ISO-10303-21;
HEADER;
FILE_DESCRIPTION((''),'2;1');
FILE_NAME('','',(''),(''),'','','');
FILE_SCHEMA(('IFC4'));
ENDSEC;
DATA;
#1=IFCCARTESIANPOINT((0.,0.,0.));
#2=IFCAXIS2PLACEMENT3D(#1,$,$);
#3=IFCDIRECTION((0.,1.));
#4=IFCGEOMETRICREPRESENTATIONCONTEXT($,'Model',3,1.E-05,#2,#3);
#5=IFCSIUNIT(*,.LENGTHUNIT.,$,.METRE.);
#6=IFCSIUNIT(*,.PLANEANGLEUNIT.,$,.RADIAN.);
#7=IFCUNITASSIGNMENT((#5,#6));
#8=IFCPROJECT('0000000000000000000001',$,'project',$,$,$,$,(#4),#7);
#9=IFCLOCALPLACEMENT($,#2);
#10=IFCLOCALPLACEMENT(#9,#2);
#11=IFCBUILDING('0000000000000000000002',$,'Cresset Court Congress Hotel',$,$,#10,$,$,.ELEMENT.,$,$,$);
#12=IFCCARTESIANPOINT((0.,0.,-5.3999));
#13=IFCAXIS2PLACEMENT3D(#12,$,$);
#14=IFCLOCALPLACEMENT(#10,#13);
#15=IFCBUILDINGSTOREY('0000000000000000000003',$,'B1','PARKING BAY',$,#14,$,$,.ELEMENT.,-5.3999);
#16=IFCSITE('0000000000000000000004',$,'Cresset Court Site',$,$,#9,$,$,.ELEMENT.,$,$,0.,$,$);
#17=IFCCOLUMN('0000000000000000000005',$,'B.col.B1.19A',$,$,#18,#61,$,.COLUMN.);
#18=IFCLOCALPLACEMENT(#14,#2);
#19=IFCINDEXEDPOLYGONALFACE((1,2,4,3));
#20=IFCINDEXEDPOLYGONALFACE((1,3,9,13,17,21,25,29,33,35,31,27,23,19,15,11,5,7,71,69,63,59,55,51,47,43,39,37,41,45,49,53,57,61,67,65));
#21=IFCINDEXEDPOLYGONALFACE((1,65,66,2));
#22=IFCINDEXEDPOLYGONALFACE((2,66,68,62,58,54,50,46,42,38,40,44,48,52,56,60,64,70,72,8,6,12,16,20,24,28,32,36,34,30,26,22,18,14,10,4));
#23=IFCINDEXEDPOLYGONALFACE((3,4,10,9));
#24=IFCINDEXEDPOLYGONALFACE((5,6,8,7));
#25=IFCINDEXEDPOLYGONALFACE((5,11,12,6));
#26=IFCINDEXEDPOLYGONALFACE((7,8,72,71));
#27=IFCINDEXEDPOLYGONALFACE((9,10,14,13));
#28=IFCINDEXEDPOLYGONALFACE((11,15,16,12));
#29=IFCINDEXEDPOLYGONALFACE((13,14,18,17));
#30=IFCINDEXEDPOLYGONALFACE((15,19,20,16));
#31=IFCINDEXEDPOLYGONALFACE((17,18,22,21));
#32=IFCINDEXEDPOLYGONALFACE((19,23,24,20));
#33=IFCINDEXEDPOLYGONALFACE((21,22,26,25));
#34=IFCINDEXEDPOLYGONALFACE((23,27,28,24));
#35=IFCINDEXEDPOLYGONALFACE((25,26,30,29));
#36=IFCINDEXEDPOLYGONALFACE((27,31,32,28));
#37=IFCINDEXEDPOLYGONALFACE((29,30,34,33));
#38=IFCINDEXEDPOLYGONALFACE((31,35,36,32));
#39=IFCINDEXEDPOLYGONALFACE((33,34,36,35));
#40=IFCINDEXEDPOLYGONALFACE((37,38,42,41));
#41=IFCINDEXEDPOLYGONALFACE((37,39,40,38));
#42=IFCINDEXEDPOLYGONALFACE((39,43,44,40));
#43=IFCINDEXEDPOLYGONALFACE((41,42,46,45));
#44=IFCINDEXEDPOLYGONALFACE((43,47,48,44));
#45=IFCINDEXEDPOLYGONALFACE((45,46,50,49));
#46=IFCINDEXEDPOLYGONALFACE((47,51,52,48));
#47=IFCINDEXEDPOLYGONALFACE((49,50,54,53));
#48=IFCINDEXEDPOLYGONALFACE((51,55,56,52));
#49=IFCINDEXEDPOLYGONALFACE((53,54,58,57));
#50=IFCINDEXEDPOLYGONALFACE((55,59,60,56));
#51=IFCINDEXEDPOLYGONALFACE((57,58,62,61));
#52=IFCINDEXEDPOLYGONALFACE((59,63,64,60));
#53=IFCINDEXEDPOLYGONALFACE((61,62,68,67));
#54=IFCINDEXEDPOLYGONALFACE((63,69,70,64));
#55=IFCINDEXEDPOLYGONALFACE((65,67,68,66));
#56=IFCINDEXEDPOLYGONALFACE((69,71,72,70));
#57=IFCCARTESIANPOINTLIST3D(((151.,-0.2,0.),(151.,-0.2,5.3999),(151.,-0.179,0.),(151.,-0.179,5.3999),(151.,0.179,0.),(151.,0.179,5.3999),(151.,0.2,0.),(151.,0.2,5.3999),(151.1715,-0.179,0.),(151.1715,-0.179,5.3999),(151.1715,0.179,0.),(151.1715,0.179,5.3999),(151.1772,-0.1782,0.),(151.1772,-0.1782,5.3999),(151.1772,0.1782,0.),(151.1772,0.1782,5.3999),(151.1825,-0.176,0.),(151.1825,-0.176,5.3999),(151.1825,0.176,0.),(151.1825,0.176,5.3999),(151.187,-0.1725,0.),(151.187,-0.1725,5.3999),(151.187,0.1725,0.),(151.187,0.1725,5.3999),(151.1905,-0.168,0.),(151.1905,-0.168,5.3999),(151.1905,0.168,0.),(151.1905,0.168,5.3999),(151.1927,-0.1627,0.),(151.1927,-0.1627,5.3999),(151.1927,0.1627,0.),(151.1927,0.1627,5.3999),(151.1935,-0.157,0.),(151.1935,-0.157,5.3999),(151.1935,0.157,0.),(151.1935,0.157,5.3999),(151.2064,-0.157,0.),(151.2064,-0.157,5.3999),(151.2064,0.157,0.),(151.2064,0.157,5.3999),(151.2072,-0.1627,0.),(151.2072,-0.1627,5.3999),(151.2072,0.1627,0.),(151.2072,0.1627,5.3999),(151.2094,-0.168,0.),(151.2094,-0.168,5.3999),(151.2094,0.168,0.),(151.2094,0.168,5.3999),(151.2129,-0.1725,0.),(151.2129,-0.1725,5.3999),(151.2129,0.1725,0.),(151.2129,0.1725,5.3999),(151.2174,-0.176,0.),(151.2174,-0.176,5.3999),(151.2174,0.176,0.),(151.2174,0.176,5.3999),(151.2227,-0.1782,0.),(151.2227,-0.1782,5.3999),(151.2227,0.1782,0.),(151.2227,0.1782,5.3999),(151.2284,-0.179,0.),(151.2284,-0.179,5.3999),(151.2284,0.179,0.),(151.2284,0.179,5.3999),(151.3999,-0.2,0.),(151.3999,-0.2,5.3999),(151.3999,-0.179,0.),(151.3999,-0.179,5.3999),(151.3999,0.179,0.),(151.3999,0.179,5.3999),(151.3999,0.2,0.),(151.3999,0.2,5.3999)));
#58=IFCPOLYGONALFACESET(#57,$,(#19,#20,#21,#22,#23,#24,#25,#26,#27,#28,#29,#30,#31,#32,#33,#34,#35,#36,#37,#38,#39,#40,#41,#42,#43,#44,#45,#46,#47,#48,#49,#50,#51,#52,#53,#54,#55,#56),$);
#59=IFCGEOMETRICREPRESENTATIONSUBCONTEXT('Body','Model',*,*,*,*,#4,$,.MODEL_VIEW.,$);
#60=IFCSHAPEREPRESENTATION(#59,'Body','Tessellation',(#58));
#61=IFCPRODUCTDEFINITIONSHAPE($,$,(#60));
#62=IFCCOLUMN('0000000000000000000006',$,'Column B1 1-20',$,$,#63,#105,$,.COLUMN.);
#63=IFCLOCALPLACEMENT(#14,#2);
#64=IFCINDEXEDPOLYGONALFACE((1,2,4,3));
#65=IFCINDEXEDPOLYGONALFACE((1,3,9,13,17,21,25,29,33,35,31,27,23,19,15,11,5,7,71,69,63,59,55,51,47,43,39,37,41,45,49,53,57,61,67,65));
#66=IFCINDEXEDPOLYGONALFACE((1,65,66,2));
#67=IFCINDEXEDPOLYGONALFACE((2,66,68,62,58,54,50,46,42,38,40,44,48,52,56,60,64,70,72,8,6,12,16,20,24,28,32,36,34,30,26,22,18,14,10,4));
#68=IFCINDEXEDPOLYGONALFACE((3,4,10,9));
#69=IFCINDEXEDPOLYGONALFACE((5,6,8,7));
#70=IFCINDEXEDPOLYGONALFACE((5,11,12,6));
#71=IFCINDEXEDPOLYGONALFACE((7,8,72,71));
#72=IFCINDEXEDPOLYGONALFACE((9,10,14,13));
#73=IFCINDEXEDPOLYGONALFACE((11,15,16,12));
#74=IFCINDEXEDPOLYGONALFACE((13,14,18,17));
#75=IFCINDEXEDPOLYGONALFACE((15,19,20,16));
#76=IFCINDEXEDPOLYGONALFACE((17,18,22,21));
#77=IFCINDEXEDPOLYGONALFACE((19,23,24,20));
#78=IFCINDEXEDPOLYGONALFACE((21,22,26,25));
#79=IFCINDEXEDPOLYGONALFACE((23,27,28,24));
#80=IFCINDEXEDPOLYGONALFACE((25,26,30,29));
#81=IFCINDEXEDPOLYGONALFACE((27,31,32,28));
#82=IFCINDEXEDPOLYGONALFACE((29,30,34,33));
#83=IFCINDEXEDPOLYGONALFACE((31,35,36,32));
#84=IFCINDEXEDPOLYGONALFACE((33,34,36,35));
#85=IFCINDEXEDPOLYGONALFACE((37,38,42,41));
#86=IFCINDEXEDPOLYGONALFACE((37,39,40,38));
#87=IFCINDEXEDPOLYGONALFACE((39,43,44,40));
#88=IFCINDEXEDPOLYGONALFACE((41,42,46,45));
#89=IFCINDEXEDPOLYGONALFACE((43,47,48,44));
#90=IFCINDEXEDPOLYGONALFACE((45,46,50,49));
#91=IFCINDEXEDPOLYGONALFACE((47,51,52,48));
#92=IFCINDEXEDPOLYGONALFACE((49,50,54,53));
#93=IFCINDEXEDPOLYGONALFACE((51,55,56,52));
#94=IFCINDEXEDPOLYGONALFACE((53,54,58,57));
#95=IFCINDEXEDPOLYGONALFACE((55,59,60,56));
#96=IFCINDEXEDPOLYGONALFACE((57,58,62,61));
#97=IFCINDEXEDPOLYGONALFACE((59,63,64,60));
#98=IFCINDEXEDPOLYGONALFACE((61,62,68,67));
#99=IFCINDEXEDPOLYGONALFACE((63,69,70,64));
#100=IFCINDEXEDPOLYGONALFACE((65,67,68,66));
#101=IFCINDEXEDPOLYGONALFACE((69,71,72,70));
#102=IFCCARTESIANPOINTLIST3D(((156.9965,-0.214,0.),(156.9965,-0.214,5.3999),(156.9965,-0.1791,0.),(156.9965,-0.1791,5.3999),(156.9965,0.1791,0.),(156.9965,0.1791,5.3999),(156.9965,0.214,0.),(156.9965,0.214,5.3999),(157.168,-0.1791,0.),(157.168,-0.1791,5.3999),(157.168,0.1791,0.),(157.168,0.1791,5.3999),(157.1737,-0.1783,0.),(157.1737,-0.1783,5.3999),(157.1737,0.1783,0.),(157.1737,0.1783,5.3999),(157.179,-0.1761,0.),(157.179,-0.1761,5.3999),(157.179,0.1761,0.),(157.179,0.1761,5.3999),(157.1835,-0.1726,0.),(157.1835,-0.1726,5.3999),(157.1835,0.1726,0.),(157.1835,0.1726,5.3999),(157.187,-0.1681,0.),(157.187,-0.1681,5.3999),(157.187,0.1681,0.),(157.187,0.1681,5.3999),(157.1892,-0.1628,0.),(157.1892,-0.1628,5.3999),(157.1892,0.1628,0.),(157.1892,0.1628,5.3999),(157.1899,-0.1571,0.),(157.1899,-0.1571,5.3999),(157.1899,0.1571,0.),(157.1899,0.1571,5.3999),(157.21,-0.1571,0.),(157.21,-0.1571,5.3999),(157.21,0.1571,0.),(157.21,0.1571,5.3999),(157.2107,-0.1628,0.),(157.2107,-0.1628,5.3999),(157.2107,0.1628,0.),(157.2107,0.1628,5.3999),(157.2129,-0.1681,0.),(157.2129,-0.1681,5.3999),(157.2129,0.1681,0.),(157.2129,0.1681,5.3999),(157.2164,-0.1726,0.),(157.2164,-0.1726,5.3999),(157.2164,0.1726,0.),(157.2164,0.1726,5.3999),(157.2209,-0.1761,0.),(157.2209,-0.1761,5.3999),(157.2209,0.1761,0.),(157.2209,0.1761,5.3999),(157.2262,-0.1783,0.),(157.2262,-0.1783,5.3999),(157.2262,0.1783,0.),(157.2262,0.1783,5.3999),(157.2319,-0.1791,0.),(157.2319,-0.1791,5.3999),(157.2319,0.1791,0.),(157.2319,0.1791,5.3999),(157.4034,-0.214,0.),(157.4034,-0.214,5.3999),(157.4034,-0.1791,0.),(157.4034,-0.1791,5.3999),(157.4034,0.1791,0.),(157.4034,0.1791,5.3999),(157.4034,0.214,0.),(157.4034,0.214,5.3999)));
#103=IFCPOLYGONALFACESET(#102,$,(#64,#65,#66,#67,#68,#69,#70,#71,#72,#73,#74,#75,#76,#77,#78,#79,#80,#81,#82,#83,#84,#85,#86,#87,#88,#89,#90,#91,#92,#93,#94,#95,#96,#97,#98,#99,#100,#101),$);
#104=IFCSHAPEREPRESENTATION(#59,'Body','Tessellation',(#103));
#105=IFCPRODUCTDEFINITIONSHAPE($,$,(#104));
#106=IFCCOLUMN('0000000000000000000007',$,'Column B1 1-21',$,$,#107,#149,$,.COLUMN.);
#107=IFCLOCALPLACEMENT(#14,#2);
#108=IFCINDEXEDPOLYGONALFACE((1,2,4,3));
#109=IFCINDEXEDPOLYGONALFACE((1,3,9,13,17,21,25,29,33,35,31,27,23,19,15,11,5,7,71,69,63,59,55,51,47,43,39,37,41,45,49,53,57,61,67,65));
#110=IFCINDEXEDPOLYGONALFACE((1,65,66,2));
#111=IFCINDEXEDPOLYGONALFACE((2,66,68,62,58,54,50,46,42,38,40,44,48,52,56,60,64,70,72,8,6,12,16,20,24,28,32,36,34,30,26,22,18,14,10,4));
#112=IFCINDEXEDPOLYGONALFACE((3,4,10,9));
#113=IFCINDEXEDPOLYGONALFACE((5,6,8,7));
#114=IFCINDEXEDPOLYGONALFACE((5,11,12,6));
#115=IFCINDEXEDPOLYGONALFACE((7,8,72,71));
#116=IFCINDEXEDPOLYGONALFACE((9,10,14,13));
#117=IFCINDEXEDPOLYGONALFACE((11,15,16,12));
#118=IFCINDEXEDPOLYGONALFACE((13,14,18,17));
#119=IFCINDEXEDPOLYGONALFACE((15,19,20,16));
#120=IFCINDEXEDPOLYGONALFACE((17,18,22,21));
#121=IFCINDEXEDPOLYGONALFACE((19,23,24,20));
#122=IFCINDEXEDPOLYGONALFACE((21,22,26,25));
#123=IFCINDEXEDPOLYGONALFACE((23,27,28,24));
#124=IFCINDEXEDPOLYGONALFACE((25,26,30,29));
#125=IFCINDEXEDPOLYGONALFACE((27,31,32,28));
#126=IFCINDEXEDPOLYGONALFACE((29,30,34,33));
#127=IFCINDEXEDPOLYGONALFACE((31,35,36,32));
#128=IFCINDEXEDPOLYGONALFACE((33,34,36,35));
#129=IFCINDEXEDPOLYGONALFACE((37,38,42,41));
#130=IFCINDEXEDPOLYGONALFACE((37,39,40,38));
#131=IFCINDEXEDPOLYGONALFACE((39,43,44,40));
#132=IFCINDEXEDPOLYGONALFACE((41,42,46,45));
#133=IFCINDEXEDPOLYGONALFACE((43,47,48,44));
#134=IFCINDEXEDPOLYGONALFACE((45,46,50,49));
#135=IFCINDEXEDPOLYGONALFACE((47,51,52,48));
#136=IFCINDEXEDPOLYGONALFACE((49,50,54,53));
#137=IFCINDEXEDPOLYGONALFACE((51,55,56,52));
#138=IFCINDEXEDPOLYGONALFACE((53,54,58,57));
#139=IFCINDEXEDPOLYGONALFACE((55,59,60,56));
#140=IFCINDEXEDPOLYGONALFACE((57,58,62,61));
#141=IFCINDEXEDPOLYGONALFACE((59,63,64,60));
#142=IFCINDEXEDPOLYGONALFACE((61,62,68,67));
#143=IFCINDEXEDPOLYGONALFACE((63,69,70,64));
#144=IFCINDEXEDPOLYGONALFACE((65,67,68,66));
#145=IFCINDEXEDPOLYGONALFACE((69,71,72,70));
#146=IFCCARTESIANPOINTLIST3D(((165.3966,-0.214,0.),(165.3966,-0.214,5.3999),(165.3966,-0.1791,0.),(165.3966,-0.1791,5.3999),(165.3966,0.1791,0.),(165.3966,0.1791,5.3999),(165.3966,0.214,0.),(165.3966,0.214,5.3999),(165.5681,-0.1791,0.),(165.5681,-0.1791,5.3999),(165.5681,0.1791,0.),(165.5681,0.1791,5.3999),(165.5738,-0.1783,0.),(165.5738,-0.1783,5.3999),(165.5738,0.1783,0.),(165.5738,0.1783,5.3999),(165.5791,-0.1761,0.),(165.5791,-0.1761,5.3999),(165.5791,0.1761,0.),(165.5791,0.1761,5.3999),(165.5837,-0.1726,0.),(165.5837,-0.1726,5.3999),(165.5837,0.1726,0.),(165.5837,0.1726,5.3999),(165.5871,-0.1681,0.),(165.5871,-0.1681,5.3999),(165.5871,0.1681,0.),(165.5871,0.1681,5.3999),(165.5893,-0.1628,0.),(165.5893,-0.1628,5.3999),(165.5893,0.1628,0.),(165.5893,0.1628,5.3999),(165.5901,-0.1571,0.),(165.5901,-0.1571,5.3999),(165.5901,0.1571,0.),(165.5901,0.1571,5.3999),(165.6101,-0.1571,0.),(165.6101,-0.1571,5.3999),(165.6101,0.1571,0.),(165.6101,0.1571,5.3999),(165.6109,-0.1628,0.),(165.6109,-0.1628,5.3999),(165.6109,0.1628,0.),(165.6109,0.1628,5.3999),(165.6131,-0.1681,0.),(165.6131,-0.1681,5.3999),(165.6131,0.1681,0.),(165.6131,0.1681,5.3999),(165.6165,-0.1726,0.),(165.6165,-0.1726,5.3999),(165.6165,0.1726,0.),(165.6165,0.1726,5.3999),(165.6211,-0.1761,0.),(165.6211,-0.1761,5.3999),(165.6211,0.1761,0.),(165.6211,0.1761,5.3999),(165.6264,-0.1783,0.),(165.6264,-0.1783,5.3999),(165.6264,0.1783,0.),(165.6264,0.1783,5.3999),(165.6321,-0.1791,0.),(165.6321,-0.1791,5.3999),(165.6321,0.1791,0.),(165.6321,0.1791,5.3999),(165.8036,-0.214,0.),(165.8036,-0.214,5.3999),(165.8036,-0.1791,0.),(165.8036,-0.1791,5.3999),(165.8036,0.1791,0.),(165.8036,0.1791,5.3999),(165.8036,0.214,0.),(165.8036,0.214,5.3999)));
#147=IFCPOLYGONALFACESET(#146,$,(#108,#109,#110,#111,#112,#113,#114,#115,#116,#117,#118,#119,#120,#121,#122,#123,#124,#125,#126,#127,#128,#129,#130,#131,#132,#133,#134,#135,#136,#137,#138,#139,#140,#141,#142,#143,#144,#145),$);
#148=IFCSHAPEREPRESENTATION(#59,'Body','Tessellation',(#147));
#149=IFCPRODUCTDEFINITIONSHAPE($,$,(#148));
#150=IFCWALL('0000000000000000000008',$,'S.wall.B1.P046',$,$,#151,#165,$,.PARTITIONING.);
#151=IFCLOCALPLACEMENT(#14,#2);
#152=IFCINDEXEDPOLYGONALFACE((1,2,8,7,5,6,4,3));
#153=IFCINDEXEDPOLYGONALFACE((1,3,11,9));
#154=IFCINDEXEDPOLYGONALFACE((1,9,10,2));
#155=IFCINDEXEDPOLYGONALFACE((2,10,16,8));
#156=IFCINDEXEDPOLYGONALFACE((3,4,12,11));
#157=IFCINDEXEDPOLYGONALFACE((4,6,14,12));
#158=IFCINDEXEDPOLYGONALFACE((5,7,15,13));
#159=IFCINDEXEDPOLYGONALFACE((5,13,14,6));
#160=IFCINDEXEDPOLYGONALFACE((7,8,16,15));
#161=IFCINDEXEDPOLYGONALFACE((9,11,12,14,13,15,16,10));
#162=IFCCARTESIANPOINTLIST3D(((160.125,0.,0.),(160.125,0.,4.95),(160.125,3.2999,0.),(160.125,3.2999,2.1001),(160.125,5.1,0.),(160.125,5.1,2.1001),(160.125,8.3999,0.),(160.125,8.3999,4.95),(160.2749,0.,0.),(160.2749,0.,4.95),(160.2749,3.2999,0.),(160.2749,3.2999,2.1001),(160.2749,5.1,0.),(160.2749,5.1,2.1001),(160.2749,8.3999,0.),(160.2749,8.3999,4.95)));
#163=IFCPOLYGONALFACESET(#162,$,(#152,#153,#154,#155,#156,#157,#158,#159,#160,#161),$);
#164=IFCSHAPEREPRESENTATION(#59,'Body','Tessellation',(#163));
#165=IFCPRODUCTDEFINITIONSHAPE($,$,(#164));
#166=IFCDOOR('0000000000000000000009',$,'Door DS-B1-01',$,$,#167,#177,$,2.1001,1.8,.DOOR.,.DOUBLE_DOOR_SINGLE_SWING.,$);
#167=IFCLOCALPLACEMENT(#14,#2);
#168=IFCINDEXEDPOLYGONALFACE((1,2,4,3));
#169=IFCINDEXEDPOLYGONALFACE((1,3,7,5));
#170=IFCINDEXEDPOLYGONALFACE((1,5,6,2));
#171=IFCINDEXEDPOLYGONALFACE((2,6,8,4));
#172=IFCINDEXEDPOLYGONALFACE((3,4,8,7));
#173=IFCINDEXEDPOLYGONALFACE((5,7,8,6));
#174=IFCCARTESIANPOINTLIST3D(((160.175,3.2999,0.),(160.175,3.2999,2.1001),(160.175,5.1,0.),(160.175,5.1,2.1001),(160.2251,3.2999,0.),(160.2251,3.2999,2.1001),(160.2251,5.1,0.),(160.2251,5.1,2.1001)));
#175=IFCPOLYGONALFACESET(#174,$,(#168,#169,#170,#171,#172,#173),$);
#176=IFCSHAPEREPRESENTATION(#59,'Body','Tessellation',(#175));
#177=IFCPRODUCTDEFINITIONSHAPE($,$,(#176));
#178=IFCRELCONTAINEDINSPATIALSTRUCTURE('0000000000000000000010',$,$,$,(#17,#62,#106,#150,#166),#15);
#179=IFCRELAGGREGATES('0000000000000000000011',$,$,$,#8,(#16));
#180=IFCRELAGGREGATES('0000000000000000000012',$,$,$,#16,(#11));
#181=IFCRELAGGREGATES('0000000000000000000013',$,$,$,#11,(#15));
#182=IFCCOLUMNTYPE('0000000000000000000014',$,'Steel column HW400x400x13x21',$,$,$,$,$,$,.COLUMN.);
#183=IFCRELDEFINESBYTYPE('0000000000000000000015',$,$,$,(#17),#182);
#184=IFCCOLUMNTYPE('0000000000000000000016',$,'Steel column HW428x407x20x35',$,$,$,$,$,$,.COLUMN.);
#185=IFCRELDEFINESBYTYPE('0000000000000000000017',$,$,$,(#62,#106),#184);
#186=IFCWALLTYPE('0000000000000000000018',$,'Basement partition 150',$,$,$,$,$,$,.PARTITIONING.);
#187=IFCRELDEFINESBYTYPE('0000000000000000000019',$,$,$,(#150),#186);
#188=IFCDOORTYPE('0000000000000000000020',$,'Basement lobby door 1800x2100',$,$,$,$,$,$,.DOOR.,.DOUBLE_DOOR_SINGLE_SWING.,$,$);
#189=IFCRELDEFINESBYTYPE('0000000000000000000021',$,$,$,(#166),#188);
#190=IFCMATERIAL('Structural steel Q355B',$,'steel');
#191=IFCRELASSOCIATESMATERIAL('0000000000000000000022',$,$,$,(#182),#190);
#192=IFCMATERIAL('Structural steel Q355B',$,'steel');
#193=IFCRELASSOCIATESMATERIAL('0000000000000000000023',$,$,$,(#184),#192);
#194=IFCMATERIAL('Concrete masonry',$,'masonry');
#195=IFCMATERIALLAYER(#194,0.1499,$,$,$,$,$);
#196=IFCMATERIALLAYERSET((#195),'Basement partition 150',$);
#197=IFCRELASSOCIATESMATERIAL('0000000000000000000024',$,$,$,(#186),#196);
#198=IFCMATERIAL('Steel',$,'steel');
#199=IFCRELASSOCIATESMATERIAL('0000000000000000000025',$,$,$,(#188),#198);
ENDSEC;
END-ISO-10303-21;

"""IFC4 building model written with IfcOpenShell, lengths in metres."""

from ifc_helpers import new_model, si_unit, direction, frame, frame_2d, origin, origin_2d, place, context, subcontext, project, spatial, rectangle, i_section, extrude, material, layer, layer_set, material_profile, profile_set, type_object, element, fill, save


model = new_model("IFC4")

# Units and contexts
model_context = context("Model", 3, precision=1e-05, world=origin(), true_north=direction((0.0, 1.0)))
body_context = subcontext(model_context, "Body", "Model", "MODEL_VIEW")
ifc_project = project(units=[si_unit("LENGTHUNIT", "METRE"), si_unit("PLANEANGLEUNIT", "RADIAN")], contexts=[model_context])

# Site, building, storey
site_placement = place(None, origin())
site = spatial("IfcSite", under=ifc_project, at=site_placement, Name="Cresset Court Site", CompositionType="ELEMENT", RefElevation=0.0)
building_placement = place(site_placement, origin())
building = spatial("IfcBuilding", under=site, at=building_placement, Name="Cresset Court Congress Hotel", CompositionType="ELEMENT")
storey_placement = place(building_placement, frame((0.0, 0.0, -5.3999)))
storey = spatial("IfcBuildingStorey", under=building, at=storey_placement, Name="B1", Description="PARKING BAY", CompositionType="ELEMENT", Elevation=-5.3999)

# Columns
ifc_material_1 = material(Name="Structural steel Q355B", Category="steel")
ifc_material_profile_1 = material_profile(ifc_material_1, i_section(OverallWidth=0.3999, OverallDepth=0.3999, WebThickness=0.0129, FlangeThickness=0.021, FilletRadius=0.022, at=origin_2d()), Name="HW400x400x13x21")
ifc_profile_set_1 = profile_set([ifc_material_profile_1], Name="Structural steel Q355B")
column_type_1 = type_object("IfcColumnType", Name="Steel column HW400x400x13x21", PredefinedType="COLUMN", material=ifc_profile_set_1)
column_placement = place(storey_placement, frame((151.2, 0.0, 0.0), z_axis=(0.0, 0.0, 1.0), x_axis=(1.0, 0.0, 0.0)))
element("IfcColumn", 1, at=column_placement, inside=storey, type_object=column_type_1, Name="B.col.B1.19A", PredefinedType="COLUMN", context=body_context, shape_type="SweptSolid", body=[
    extrude(i_section(OverallWidth=0.3999, OverallDepth=0.3999, WebThickness=0.0129, FlangeThickness=0.021, FilletRadius=0.022, at=origin_2d()), origin(), (0.0, 0.0, 1.0), 5.3999),
])
ifc_material_2 = material(Name="Structural steel Q355B", Category="steel")
ifc_material_profile_2 = material_profile(ifc_material_2, i_section(OverallWidth=0.407, OverallDepth=0.428, WebThickness=0.02, FlangeThickness=0.0349, FilletRadius=0.022, at=origin_2d()), Name="HW428x407x20x35")
ifc_profile_set_2 = profile_set([ifc_material_profile_2], Name="Structural steel Q355B")
column_type_2 = type_object("IfcColumnType", Name="Steel column HW428x407x20x35", PredefinedType="COLUMN", material=ifc_profile_set_2)
for number, where, z_axis, x_axis, name in (
    (2, (157.2, 0.0, 0.0), (0.0, 0.0, 1.0), (1.0, 0.0, 0.0), "Column B1 1-20"),
    (3, (165.6001, 0.0, 0.0), (0.0, 0.0, 1.0), (1.0, 0.0, 0.0), "Column B1 1-21"),
):
    element("IfcColumn", number, at=place(storey_placement, frame(where, z_axis=z_axis, x_axis=x_axis)), inside=storey, type_object=column_type_2, Name=name, PredefinedType="COLUMN", context=body_context, shape_type="SweptSolid", body=[
        extrude(i_section(OverallWidth=0.407, OverallDepth=0.428, WebThickness=0.02, FlangeThickness=0.0349, FilletRadius=0.022, at=origin_2d()), origin(), (0.0, 0.0, 1.0), 5.3999),
    ])

# Wall, opening, door
ifc_material_3 = material(Name="Concrete masonry", Category="masonry")
ifc_layer_1 = layer(ifc_material_3, 0.1499)
ifc_layer_set_1 = layer_set([ifc_layer_1], Name="Basement partition 150")
wall_type_1 = type_object("IfcWallType", Name="Basement partition 150", PredefinedType="PARTITIONING", material=ifc_layer_set_1)
wall_1_placement = place(storey_placement, frame((160.2, 0.0, 0.0), z_axis=(0.0, 0.0, 1.0), x_axis=(0.0, 1.0, 0.0)))
wall_1 = element("IfcWall", 4, at=wall_1_placement, inside=storey, type_object=wall_type_1, Name="S.wall.B1.P046", PredefinedType="PARTITIONING", context=body_context, shape_type="SweptSolid", body=[
    extrude(rectangle(XDim=8.3999, YDim=0.1499, at=frame_2d((4.2, 0.0))), origin(), (0.0, 0.0, 1.0), 4.95),
])
opening_1_placement = place(wall_1_placement, frame((3.3, 0.0, 0.0)))
opening_1 = element("IfcOpeningElement", 5, at=opening_1_placement, cuts=wall_1, PredefinedType="OPENING", context=body_context, shape_type="SweptSolid", body=[
    extrude(rectangle(XDim=1.8, YDim=2.1001, at=frame_2d((0.8999, 1.05))), frame((0.0, 0.085, 0.0), z_axis=(0.0, -1.0, 0.0), x_axis=(1.0, 0.0, 0.0)), (0.0, 0.0, 1.0), 0.1699),
])
ifc_material_4 = material(Name="Steel", Category="steel")
door_type_1 = type_object("IfcDoorType", Name="Basement lobby door 1800x2100", OperationType="DOUBLE_DOOR_SINGLE_SWING", PredefinedType="DOOR", material=ifc_material_4)
door_1_placement = place(opening_1_placement, origin())
door_1 = element("IfcDoor", 6, at=door_1_placement, inside=storey, type_object=door_type_1, Name="Door DS-B1-01", OperationType="DOUBLE_DOOR_SINGLE_SWING", OverallHeight=2.1001, OverallWidth=1.8, PredefinedType="DOOR", context=body_context, shape_type="SweptSolid", body=[
    extrude(rectangle(XDim=1.8, YDim=2.1001, at=frame_2d((0.8999, 1.05))), frame((0.0, 0.0249, 0.0), z_axis=(0.0, -1.0, 0.0), x_axis=(1.0, 0.0, 0.0)), (0.0, 0.0, 1.0), 0.05),
])
fill(opening_1, door_1)

save(model, "model.ifc")
